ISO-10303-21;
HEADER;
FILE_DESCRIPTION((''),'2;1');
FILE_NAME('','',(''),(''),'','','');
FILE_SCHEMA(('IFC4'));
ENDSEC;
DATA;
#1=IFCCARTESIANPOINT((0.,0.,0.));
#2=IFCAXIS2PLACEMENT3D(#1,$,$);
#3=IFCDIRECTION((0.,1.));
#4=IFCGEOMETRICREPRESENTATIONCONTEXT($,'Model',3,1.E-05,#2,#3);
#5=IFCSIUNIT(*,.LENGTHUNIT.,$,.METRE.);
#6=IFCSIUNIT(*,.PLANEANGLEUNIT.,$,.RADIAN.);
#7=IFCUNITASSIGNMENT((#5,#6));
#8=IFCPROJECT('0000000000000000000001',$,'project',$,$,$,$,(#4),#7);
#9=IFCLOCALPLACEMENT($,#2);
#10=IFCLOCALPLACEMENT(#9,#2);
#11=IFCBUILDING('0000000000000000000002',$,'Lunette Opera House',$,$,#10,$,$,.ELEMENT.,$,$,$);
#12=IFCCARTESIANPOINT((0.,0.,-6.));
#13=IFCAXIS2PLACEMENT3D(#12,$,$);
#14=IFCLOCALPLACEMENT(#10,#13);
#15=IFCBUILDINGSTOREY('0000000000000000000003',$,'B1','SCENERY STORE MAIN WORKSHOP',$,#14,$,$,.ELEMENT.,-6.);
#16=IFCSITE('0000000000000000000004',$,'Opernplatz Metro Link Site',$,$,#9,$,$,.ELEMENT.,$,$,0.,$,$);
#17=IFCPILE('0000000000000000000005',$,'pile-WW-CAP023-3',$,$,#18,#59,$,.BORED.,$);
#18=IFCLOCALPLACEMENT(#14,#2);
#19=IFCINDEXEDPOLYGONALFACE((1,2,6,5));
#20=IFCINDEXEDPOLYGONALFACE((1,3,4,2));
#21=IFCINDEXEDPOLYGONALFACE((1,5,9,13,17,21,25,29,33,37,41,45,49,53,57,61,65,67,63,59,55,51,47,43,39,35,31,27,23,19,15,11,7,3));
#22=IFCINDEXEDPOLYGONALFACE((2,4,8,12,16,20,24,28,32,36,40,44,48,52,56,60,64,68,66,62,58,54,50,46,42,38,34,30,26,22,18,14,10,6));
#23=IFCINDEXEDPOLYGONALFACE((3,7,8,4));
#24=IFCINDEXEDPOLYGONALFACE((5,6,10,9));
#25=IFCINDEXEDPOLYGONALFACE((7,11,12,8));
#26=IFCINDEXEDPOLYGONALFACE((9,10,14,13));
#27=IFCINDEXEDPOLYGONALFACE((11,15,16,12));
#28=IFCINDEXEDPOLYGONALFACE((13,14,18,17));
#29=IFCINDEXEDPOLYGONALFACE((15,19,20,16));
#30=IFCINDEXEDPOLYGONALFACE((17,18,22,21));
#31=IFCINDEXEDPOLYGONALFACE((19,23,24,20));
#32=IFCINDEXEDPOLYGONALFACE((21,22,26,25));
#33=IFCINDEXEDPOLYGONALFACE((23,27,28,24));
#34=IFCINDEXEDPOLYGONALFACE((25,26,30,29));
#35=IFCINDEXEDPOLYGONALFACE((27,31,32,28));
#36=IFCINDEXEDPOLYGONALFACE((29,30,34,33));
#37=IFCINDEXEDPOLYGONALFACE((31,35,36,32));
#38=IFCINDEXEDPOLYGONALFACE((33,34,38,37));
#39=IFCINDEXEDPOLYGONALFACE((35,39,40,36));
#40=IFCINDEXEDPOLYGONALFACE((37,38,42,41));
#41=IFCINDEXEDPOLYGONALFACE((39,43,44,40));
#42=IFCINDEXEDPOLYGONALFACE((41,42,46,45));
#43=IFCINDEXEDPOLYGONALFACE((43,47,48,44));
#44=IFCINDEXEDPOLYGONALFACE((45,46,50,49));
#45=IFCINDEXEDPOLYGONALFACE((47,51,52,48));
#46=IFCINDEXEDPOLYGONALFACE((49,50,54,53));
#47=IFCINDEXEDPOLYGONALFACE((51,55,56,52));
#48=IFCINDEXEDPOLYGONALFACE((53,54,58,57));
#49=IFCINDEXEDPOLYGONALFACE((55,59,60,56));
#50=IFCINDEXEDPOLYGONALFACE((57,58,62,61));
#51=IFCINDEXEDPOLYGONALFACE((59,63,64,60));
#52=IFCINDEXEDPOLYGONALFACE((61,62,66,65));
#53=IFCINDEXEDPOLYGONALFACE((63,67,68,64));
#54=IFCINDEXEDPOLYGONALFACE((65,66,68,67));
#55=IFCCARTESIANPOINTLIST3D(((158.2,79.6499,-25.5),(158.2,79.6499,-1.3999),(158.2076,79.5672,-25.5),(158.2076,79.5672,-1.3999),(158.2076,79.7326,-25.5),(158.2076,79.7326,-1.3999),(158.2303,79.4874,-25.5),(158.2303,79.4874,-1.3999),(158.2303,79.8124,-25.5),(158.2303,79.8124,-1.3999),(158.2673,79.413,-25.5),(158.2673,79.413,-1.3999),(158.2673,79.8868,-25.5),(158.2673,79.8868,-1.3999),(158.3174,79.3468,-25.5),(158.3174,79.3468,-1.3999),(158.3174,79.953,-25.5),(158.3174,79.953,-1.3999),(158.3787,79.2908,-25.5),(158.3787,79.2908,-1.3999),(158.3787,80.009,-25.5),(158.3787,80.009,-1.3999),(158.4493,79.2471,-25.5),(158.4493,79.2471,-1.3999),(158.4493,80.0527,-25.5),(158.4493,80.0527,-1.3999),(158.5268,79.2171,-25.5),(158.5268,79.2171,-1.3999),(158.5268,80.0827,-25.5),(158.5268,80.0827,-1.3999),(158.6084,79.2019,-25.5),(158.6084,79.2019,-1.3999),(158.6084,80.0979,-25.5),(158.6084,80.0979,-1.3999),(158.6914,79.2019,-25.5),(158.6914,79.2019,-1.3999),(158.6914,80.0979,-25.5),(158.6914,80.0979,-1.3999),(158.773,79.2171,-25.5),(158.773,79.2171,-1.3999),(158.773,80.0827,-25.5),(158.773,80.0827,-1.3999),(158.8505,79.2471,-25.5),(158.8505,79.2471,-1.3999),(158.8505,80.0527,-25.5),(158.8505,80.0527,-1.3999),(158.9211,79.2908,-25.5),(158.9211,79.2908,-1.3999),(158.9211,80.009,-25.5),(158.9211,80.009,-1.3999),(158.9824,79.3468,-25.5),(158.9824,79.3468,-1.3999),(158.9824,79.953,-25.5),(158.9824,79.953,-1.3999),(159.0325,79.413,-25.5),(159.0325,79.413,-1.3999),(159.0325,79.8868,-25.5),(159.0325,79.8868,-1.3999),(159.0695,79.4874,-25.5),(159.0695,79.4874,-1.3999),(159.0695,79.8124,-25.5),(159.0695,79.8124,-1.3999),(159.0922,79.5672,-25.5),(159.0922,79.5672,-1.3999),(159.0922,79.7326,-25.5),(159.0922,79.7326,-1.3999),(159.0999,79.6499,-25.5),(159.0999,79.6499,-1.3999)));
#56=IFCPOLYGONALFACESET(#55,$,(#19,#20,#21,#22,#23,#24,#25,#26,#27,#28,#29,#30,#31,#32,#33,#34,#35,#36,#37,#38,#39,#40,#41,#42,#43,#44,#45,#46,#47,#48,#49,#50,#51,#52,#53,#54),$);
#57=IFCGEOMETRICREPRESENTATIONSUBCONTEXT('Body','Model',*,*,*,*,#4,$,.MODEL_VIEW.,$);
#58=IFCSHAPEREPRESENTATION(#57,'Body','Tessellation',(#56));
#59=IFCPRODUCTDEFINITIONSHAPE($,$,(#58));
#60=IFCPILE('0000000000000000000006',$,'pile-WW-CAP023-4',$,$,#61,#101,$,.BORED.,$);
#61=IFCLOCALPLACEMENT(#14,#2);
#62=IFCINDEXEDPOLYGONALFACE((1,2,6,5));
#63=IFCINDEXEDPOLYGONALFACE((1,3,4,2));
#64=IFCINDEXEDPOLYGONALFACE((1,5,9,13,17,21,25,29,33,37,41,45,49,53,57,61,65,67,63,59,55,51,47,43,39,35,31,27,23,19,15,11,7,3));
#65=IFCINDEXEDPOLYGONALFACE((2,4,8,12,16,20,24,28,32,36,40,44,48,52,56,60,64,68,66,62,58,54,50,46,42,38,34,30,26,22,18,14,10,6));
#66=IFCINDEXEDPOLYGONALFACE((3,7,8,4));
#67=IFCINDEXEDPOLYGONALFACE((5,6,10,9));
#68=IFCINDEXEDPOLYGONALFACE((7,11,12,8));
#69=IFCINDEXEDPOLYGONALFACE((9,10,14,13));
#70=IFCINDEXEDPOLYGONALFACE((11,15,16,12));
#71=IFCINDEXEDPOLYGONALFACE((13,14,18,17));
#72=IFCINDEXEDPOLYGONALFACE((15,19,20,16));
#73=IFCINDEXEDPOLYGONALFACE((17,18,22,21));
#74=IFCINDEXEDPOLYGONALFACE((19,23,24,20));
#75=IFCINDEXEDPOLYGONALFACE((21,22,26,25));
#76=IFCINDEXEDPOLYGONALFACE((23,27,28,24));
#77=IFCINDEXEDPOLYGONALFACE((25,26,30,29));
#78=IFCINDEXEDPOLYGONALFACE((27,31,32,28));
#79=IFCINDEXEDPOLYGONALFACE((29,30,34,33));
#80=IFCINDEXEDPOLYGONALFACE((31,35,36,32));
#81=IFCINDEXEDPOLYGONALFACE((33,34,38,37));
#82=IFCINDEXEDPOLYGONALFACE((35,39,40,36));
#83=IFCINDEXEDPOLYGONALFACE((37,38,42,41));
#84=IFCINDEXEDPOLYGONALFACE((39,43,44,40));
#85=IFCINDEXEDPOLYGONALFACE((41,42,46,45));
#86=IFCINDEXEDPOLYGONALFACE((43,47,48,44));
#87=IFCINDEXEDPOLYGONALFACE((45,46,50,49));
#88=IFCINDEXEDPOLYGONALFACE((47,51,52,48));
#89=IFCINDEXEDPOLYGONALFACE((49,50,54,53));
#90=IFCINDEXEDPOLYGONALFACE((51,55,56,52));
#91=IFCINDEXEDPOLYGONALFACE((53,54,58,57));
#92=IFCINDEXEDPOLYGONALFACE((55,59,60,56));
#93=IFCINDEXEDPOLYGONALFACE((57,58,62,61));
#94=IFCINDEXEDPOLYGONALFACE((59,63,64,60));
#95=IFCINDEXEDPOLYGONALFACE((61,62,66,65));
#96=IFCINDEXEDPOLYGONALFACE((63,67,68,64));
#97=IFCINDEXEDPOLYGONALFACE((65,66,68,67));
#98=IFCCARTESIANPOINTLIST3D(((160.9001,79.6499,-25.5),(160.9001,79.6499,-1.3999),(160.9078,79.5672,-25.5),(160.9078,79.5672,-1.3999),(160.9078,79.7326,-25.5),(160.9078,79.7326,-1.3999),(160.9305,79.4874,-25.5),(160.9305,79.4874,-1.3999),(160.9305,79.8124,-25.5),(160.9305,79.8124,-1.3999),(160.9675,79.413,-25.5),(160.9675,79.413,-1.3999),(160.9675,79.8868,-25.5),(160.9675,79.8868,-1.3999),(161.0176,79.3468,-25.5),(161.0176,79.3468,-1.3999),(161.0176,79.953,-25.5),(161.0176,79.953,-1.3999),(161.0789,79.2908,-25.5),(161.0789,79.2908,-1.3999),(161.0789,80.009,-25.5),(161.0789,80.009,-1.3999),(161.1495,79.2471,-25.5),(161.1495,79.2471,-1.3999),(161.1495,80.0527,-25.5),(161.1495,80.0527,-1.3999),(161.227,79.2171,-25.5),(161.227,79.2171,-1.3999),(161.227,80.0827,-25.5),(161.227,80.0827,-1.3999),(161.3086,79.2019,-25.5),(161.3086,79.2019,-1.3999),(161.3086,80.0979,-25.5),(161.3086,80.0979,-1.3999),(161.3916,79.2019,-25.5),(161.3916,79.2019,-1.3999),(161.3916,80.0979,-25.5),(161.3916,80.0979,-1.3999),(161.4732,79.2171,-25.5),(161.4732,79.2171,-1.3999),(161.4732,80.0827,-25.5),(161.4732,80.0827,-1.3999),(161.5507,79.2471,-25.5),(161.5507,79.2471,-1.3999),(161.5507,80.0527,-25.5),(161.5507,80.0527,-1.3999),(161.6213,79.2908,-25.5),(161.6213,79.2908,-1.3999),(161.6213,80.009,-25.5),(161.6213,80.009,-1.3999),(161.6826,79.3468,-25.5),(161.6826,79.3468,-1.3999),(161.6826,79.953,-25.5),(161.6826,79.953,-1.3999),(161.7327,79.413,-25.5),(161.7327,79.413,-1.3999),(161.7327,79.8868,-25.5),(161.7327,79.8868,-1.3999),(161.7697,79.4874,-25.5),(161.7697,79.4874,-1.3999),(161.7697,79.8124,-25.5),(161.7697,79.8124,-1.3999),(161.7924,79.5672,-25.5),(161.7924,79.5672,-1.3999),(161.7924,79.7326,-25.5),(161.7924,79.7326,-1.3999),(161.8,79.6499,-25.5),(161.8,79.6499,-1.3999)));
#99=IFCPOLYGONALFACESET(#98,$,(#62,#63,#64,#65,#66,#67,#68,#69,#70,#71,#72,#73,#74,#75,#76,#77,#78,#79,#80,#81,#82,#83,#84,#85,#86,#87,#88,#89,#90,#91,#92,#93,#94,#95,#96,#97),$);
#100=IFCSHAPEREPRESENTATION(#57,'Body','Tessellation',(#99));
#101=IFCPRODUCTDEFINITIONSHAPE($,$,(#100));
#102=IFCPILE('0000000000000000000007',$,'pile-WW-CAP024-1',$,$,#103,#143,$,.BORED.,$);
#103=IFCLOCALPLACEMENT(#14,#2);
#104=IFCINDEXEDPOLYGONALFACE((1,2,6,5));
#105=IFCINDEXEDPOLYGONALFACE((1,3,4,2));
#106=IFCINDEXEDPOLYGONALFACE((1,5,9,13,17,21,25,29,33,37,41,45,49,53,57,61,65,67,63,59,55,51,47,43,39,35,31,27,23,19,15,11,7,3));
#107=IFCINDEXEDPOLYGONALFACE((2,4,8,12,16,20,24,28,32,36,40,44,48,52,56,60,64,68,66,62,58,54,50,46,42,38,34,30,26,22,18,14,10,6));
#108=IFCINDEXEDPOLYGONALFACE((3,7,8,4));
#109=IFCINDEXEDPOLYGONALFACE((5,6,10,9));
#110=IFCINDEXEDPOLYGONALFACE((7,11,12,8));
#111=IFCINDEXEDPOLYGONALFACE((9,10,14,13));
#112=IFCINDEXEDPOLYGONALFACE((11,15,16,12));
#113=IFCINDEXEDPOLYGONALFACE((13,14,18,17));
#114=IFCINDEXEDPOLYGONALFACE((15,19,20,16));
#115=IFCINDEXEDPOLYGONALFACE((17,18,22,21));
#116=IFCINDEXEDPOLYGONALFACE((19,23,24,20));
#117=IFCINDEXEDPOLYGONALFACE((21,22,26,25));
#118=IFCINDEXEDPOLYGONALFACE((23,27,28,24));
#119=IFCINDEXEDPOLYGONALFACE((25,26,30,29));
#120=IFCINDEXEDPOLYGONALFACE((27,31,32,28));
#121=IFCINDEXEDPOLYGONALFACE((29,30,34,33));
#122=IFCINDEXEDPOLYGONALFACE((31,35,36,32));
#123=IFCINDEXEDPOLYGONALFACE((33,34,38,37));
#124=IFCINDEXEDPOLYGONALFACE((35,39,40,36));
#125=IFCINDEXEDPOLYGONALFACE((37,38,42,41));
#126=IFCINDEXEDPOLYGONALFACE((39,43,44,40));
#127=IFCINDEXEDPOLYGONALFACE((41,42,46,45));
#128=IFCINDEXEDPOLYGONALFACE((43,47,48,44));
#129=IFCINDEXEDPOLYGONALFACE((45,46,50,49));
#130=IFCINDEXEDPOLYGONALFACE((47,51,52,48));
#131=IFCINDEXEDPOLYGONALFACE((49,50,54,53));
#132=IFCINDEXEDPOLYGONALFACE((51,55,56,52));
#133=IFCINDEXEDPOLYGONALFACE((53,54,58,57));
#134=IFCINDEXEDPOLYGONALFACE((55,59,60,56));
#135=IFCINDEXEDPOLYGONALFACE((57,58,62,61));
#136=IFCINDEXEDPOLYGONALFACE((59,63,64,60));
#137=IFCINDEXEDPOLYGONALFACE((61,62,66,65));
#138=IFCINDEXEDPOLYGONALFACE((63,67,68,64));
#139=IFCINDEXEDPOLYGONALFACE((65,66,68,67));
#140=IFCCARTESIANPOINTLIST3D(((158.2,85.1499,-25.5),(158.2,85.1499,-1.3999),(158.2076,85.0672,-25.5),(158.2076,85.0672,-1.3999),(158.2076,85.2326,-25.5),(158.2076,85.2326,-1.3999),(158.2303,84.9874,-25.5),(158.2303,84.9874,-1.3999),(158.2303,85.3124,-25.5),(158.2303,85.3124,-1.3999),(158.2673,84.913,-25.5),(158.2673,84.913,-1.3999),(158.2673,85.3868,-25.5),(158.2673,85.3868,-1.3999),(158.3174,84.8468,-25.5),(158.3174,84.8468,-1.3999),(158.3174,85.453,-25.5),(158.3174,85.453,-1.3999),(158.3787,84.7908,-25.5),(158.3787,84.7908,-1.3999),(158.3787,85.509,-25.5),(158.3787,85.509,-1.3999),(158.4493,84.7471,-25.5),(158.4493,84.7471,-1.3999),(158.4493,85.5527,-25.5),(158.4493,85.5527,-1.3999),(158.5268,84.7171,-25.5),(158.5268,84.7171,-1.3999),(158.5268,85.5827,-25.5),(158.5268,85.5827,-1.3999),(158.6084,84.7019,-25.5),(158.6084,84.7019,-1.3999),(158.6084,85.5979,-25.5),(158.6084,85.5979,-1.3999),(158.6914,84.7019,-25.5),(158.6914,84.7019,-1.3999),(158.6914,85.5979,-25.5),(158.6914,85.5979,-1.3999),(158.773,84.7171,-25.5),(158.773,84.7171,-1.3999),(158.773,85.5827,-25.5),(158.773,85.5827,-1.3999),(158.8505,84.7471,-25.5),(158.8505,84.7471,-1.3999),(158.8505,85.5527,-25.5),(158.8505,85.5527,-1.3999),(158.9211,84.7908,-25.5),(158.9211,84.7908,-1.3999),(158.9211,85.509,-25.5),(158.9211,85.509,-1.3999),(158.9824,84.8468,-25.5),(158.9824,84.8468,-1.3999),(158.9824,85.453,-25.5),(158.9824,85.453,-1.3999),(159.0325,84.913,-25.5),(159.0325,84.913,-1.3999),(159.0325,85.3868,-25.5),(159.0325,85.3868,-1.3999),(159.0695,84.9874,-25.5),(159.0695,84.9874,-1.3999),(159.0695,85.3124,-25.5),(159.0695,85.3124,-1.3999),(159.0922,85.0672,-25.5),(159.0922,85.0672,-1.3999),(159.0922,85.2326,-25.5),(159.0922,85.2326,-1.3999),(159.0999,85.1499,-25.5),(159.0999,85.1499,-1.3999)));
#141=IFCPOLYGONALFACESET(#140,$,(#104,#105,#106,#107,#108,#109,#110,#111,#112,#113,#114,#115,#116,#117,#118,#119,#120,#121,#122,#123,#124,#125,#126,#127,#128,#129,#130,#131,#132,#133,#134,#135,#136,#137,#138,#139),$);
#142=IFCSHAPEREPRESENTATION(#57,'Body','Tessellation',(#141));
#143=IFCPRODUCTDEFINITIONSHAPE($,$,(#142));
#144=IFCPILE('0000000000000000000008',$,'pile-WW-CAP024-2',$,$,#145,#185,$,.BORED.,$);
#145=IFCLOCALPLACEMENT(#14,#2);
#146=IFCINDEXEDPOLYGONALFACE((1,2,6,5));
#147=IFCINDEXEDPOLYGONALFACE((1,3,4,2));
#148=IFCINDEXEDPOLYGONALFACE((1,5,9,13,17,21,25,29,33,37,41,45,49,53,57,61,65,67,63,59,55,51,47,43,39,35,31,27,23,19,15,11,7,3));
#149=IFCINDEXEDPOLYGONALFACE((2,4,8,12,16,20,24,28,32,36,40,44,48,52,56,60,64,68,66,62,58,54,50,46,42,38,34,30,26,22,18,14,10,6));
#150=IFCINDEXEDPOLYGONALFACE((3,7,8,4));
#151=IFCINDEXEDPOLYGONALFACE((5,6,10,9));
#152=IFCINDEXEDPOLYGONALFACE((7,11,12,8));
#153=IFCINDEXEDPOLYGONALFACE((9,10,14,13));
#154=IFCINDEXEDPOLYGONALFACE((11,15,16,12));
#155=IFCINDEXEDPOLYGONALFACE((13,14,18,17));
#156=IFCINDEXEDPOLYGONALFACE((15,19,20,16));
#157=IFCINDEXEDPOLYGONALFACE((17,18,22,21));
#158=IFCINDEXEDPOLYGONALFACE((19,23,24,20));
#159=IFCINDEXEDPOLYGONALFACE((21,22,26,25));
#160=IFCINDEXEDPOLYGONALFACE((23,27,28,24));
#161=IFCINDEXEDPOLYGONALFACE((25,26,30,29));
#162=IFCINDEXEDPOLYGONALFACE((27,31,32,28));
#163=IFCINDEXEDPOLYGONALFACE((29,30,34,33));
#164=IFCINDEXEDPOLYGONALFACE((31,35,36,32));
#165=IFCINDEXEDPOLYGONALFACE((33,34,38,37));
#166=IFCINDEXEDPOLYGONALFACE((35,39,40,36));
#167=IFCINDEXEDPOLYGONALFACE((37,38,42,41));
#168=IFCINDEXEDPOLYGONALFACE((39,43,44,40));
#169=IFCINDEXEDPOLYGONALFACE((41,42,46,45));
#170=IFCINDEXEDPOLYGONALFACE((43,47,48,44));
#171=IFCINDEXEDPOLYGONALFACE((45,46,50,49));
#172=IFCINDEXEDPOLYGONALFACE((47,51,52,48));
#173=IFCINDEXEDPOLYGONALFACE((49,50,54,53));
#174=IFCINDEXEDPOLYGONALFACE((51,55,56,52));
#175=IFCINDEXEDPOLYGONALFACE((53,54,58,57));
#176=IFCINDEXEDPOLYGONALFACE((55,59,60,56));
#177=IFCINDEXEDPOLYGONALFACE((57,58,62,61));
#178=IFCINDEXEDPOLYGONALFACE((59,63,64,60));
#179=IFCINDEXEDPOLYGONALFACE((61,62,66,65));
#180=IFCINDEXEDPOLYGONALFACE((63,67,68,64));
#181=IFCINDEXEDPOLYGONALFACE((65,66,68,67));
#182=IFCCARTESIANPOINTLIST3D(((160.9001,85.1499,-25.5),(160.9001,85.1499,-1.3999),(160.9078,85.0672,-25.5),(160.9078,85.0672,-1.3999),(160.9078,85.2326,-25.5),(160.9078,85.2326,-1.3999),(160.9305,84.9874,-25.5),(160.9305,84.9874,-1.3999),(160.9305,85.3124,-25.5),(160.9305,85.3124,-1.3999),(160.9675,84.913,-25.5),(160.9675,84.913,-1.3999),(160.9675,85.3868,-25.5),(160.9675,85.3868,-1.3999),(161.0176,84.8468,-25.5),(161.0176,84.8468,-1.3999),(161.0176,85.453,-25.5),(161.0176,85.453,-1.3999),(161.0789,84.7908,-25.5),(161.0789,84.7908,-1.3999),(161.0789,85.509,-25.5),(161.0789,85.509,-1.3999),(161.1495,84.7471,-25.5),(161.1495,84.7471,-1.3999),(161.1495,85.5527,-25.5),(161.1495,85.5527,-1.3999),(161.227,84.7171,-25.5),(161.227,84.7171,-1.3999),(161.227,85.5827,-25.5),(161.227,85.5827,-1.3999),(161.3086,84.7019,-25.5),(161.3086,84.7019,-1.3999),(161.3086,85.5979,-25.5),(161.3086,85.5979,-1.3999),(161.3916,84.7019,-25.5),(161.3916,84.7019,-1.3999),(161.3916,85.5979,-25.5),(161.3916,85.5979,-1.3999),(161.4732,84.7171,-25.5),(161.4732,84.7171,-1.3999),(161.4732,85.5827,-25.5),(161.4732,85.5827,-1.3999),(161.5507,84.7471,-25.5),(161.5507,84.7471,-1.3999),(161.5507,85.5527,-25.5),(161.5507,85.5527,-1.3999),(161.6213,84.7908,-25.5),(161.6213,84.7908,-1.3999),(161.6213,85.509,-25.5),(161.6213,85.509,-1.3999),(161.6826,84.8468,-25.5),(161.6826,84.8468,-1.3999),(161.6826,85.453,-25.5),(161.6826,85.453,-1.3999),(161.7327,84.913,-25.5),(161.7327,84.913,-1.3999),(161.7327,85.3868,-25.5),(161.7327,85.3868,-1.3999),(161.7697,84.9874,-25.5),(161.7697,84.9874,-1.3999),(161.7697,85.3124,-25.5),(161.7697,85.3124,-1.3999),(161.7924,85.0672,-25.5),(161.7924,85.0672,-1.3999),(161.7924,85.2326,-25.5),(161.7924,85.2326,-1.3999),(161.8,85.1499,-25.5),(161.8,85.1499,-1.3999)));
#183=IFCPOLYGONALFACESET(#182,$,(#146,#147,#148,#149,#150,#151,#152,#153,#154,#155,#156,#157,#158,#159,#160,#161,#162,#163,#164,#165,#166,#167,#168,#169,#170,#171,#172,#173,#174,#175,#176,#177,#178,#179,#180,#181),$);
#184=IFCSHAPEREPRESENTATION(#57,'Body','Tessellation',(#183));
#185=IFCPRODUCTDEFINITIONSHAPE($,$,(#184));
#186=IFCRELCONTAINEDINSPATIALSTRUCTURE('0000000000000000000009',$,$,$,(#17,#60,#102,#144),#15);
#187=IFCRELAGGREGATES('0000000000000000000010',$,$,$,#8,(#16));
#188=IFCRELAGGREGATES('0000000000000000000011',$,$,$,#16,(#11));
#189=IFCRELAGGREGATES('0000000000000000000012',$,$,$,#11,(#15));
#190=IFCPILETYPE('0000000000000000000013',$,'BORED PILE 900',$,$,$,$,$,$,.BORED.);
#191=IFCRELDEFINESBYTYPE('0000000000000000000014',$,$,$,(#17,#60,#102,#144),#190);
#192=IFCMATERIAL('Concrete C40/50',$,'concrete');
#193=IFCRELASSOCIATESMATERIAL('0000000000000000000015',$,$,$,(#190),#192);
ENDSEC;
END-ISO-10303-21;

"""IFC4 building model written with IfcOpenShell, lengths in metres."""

from ifc_helpers import new_model, si_unit, direction, frame, origin, origin_2d, place, context, subcontext, project, spatial, circle, extrude, material, material_profile, profile_set, type_object, element, save


model = new_model("IFC4")

# Units and contexts
model_context = context("Model", 3, precision=1e-05, world=origin(), true_north=direction((0.0, 1.0)))
body_context = subcontext(model_context, "Body", "Model", "MODEL_VIEW")
ifc_project = project(units=[si_unit("LENGTHUNIT", "METRE"), si_unit("PLANEANGLEUNIT", "RADIAN")], contexts=[model_context])

# Site, building, storey
site_placement = place(None, origin())
site = spatial("IfcSite", under=ifc_project, at=site_placement, Name="Opernplatz Metro Link Site", CompositionType="ELEMENT", RefElevation=0.0)
building_placement = place(site_placement, origin())
building = spatial("IfcBuilding", under=site, at=building_placement, Name="Lunette Opera House", CompositionType="ELEMENT")
storey_placement = place(building_placement, frame((0.0, 0.0, -6.0)))
storey = spatial("IfcBuildingStorey", under=building, at=storey_placement, Name="B1", Description="SCENERY STORE MAIN WORKSHOP", CompositionType="ELEMENT", Elevation=-6.0)

# Piles
ifc_material_1 = material(Name="Concrete C40/50", Category="concrete")
ifc_material_profile_1 = material_profile(ifc_material_1, circle(Radius=0.45, at=origin_2d()), Name="BORED PILE 900")
ifc_profile_set_1 = profile_set([ifc_material_profile_1], Name="Concrete C40/50")
pile_type = type_object("IfcPileType", Name="BORED PILE 900", PredefinedType="BORED", material=ifc_profile_set_1)
for number, where, z_axis, x_axis, name in (
    (1, (158.6499, 79.6499, -1.3999), (0.0, 0.0, -1.0), (1.0, 0.0, 0.0), "pile-WW-CAP023-3"),
    (2, (161.3501, 79.6499, -1.3999), (0.0, 0.0, -1.0), (1.0, 0.0, 0.0), "pile-WW-CAP023-4"),
    (3, (158.6499, 85.1499, -1.3999), (0.0, 0.0, -1.0), (1.0, 0.0, 0.0), "pile-WW-CAP024-1"),
    (4, (161.3501, 85.1499, -1.3999), (0.0, 0.0, -1.0), (1.0, 0.0, 0.0), "pile-WW-CAP024-2"),
):
    element("IfcPile", number, at=place(storey_placement, frame(where, z_axis=z_axis, x_axis=x_axis)), inside=storey, type_object=pile_type, Name=name, PredefinedType="BORED", context=body_context, shape_type="SweptSolid", body=[
        extrude(circle(Radius=0.45, at=origin_2d()), origin(), (0.0, 0.0, 1.0), 24.1001),
    ])

save(model, "model.ifc")
